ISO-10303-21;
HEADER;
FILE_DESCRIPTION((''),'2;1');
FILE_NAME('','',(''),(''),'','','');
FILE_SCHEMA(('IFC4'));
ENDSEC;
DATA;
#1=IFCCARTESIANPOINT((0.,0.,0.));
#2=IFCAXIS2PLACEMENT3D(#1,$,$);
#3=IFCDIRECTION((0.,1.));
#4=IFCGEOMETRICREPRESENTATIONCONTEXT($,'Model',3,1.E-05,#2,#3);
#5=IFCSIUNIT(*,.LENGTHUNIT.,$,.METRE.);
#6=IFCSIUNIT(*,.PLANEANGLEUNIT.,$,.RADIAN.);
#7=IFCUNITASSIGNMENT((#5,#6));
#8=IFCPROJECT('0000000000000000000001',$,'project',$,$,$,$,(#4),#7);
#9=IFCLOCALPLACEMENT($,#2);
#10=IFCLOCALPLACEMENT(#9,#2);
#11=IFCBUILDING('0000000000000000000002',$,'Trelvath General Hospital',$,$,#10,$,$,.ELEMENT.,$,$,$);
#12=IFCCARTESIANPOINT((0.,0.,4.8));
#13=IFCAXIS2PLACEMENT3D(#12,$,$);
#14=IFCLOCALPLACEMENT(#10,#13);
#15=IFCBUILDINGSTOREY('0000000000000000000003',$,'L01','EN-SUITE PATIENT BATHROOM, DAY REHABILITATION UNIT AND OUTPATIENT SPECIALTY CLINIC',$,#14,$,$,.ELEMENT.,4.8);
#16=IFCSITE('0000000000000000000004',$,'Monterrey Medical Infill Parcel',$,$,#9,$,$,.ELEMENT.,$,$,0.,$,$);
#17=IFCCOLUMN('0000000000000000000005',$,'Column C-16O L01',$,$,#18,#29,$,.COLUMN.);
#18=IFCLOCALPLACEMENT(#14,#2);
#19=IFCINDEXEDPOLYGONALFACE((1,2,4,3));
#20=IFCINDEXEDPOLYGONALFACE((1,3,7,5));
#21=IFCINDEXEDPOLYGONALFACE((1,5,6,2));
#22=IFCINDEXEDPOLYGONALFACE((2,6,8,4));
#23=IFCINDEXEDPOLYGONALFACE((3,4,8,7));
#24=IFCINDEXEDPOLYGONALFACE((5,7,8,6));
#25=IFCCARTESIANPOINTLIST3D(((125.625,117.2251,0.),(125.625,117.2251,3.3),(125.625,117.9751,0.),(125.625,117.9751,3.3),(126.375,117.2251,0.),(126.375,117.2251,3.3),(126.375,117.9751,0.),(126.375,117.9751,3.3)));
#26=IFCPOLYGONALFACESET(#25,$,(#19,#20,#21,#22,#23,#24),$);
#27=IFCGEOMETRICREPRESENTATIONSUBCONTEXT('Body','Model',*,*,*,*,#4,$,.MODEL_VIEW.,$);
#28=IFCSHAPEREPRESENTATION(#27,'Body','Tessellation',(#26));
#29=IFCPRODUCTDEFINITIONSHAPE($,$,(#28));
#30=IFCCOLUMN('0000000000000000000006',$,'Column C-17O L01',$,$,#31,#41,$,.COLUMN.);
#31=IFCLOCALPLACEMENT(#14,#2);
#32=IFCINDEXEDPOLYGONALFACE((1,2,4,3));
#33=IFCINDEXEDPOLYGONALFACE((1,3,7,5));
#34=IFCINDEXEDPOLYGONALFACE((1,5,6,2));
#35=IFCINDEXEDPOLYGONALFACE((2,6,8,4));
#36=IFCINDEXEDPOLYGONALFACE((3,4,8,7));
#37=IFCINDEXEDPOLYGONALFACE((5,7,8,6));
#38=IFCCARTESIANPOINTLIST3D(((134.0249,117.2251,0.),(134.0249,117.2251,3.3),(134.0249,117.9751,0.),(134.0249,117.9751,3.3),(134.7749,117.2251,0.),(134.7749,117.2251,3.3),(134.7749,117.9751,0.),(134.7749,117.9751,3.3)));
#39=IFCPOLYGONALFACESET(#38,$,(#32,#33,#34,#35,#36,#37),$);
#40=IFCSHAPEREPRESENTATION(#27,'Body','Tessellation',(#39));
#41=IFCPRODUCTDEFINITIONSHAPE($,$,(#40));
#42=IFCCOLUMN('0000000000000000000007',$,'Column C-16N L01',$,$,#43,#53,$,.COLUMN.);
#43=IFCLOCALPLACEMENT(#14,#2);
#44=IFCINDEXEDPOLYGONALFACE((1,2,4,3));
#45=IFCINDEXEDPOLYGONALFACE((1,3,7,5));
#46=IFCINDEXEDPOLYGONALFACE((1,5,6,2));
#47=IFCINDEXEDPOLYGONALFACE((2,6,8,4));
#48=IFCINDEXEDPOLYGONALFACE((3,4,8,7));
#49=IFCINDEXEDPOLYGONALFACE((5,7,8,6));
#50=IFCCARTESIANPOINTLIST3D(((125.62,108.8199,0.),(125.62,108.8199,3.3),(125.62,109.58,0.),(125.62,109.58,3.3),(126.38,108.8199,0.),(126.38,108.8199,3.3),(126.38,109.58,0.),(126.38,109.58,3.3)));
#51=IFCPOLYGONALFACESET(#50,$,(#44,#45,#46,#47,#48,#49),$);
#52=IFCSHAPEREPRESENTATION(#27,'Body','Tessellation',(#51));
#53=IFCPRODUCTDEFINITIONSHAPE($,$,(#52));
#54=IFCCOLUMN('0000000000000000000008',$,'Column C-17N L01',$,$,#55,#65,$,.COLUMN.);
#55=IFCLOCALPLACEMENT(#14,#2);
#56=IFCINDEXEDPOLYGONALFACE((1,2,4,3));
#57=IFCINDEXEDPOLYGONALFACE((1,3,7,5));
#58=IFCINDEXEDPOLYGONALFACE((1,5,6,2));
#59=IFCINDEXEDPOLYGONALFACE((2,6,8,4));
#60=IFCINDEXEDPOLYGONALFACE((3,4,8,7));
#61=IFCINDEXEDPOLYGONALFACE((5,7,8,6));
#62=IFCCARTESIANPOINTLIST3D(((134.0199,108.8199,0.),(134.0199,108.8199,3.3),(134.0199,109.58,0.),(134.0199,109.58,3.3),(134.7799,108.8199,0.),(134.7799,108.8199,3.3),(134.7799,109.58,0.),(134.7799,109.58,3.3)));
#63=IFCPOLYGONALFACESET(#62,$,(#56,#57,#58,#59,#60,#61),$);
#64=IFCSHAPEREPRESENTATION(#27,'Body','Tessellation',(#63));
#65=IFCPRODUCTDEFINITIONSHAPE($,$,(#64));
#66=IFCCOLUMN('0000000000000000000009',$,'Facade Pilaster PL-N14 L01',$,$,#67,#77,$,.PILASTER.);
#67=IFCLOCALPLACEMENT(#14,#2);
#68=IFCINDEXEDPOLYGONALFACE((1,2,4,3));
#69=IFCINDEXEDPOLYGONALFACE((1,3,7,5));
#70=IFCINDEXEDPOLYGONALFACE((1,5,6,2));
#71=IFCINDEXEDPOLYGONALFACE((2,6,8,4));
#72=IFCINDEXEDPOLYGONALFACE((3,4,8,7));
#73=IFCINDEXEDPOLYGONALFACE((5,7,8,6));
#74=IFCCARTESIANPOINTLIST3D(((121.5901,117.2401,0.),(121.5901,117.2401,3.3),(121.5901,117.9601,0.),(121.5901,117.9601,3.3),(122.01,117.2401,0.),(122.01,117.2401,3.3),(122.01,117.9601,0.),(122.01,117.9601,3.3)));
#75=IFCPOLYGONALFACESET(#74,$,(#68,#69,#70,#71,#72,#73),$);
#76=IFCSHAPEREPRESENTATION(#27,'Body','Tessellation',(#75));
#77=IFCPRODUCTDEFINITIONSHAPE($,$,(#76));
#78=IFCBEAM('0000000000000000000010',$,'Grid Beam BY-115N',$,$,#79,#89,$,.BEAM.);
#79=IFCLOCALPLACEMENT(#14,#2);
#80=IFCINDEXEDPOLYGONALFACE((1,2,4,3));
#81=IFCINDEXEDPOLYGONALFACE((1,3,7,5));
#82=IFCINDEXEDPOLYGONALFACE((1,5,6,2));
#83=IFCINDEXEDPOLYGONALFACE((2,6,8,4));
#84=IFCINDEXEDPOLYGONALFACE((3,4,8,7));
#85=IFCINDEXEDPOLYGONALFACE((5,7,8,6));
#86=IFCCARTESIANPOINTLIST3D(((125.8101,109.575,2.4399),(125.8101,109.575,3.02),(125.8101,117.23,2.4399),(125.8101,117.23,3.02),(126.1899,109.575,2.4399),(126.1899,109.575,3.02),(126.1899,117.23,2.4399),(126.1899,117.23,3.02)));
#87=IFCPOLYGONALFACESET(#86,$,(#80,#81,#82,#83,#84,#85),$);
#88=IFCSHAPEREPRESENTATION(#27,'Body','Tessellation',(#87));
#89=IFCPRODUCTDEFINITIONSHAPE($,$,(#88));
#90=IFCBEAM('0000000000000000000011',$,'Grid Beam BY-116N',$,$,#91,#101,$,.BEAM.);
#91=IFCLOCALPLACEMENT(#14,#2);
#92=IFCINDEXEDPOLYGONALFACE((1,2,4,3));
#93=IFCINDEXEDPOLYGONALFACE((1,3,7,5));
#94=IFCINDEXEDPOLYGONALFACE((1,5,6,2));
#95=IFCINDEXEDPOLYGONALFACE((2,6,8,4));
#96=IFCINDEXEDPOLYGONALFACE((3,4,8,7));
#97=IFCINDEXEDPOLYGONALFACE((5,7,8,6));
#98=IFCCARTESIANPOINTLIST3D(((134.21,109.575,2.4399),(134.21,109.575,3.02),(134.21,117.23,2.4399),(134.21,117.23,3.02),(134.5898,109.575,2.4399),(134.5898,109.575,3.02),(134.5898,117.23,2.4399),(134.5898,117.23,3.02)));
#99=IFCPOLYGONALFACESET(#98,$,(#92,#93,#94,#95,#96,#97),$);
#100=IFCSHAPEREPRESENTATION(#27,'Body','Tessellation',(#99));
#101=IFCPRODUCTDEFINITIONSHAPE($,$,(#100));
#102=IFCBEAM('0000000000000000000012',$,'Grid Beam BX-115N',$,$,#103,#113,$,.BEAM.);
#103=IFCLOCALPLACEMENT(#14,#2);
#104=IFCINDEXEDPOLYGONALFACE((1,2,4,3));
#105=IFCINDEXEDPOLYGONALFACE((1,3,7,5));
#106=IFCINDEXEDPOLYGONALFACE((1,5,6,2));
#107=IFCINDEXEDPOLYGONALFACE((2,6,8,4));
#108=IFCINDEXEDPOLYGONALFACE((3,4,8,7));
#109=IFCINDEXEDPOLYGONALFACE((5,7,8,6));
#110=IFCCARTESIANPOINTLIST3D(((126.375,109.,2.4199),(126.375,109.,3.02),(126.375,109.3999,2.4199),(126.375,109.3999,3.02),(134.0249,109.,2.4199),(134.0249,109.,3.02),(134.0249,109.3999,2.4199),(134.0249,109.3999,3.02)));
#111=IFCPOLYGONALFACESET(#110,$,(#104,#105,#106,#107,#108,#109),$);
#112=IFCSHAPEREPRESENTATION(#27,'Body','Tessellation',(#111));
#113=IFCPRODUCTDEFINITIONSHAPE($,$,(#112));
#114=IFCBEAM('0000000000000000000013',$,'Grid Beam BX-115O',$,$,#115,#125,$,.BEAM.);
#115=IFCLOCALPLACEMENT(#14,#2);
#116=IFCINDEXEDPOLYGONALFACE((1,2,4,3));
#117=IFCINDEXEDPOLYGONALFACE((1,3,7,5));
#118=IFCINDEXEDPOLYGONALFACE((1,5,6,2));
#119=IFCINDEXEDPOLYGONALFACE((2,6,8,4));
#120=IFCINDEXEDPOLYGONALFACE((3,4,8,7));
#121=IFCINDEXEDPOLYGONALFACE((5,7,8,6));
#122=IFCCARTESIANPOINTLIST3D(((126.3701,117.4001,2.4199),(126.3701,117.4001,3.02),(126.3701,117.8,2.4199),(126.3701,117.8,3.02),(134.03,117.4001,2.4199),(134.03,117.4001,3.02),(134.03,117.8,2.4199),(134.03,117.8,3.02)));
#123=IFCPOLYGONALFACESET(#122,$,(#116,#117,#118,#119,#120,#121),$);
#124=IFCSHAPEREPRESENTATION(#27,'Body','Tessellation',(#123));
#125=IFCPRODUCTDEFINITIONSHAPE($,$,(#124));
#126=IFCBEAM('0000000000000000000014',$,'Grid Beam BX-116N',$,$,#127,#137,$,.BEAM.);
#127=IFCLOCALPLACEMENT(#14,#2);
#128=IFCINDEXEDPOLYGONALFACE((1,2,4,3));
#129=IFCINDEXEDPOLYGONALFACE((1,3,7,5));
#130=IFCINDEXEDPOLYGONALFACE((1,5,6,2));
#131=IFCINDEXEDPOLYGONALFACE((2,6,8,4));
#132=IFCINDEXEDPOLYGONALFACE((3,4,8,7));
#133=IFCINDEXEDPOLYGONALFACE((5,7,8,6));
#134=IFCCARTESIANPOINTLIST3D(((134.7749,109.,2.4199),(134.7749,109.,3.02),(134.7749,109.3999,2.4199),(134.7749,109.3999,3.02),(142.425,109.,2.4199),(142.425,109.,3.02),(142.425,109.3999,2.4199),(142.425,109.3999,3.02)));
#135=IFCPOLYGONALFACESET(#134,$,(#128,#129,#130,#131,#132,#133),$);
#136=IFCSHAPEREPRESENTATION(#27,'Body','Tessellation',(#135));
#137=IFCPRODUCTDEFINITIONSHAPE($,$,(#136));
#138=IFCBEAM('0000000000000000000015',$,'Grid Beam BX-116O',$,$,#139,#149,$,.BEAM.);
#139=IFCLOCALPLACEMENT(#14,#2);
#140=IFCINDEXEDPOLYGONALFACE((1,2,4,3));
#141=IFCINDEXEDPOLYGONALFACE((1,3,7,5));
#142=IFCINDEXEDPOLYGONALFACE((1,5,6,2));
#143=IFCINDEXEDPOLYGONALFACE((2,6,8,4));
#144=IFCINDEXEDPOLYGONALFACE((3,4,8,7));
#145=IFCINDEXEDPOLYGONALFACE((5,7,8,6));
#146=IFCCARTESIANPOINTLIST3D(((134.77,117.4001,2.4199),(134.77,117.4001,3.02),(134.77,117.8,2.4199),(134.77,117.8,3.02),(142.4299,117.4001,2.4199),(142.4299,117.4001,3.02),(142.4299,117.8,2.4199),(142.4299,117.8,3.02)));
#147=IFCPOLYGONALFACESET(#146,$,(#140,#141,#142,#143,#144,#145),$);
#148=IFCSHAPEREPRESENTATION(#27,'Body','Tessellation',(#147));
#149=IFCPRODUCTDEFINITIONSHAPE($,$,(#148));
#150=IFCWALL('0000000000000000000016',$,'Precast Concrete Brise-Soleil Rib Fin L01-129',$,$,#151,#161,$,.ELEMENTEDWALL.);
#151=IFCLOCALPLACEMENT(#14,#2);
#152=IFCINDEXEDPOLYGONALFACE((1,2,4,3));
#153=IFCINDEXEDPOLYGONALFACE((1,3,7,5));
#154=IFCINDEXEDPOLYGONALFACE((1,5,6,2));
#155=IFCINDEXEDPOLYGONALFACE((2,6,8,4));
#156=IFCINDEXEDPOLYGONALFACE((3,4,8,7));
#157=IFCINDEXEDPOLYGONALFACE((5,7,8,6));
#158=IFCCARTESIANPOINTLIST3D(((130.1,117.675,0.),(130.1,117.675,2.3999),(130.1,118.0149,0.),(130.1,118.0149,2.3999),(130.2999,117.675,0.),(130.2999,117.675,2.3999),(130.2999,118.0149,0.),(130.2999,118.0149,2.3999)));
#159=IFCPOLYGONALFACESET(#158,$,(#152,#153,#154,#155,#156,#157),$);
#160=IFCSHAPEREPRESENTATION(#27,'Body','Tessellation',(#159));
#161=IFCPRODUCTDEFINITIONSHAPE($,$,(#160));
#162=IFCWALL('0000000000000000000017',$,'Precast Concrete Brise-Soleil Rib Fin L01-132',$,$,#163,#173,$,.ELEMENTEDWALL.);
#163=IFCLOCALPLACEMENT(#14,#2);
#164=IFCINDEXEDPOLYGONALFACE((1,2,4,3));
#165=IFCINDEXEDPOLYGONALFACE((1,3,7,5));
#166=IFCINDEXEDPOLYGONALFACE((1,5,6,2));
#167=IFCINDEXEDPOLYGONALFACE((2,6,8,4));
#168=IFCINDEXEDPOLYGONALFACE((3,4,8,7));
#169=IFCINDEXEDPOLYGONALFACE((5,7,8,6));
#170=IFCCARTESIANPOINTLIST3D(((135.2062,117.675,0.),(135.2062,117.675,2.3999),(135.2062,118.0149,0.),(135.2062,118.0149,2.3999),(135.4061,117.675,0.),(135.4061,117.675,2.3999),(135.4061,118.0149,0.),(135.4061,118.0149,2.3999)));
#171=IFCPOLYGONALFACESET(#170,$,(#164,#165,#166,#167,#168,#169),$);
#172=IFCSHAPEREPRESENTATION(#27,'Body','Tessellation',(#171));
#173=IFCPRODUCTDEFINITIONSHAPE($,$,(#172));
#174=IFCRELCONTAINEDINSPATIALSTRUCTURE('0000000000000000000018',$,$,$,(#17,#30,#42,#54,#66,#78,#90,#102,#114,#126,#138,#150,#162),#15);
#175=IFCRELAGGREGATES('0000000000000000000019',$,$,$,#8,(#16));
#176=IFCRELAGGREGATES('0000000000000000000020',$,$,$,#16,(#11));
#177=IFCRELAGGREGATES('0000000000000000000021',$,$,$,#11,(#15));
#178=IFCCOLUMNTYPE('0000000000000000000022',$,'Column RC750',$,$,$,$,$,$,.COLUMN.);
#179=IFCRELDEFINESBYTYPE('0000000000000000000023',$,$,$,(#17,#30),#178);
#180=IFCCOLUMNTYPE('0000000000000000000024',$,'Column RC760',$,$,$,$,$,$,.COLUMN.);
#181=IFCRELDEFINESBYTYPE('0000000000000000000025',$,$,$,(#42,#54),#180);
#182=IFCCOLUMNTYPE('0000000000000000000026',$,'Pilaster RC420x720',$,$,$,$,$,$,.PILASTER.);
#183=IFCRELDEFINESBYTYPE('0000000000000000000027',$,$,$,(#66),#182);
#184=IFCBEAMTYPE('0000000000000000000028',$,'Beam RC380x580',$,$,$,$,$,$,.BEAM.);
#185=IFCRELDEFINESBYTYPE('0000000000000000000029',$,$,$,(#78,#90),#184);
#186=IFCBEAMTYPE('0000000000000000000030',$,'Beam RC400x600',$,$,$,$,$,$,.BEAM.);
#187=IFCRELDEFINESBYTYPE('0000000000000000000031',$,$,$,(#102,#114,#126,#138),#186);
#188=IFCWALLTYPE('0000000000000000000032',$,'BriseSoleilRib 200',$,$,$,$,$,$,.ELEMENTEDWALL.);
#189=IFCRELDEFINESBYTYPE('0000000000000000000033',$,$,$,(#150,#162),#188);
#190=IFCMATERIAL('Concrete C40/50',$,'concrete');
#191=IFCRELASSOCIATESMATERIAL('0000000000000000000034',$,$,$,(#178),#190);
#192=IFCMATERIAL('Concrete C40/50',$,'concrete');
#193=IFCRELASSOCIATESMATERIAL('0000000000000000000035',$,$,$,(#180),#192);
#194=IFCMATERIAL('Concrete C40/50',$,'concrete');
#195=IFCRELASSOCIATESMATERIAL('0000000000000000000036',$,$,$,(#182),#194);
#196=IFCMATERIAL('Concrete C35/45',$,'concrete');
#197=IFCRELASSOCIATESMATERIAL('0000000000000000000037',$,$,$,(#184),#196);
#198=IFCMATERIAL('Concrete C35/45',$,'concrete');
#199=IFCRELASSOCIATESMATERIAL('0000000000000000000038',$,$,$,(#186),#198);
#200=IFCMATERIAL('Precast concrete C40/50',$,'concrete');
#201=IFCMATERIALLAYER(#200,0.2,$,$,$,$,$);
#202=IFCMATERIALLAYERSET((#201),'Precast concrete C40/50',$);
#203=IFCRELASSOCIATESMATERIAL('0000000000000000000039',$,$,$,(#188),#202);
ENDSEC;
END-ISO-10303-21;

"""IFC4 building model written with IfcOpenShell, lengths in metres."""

from ifc_helpers import new_model, si_unit, direction, frame, frame_2d, origin, origin_2d, place, context, subcontext, project, spatial, rectangle, extrude, material, layer, layer_set, material_profile, profile_set, type_object, element, save


model = new_model("IFC4")

# Units and contexts
model_context = context("Model", 3, precision=1e-05, world=origin(), true_north=direction((0.0, 1.0)))
body_context = subcontext(model_context, "Body", "Model", "MODEL_VIEW")
ifc_project = project(units=[si_unit("LENGTHUNIT", "METRE"), si_unit("PLANEANGLEUNIT", "RADIAN")], contexts=[model_context])

# Site, building, storey
site_placement = place(None, origin())
site = spatial("IfcSite", under=ifc_project, at=site_placement, Name="Monterrey Medical Infill Parcel", CompositionType="ELEMENT", RefElevation=0.0)
building_placement = place(site_placement, origin())
building = spatial("IfcBuilding", under=site, at=building_placement, Name="Trelvath General Hospital", CompositionType="ELEMENT")
storey_placement = place(building_placement, frame((0.0, 0.0, 4.8)))
storey = spatial("IfcBuildingStorey", under=building, at=storey_placement, Name="L01", Description="EN-SUITE PATIENT BATHROOM, DAY REHABILITATION UNIT AND OUTPATIENT SPECIALTY CLINIC", CompositionType="ELEMENT", Elevation=4.8)

# Columns
ifc_material_1 = material(Name="Concrete C40/50", Category="concrete")
ifc_material_profile_1 = material_profile(ifc_material_1, rectangle(XDim=0.75, YDim=0.75, at=origin_2d()), Name="RC750x750")
ifc_profile_set_1 = profile_set([ifc_material_profile_1], Name="Concrete C40/50")
column_type_1 = type_object("IfcColumnType", Name="Column RC750", PredefinedType="COLUMN", material=ifc_profile_set_1)
for number, where, z_axis, x_axis, name in (
    (1, (126.0, 117.6001, 0.0), (0.0, 0.0, 1.0), (1.0, 0.0, 0.0), "Column C-16O L01"),
    (2, (134.3999, 117.6001, 0.0), (0.0, 0.0, 1.0), (1.0, 0.0, 0.0), "Column C-17O L01"),
):
    element("IfcColumn", number, at=place(storey_placement, frame(where, z_axis=z_axis, x_axis=x_axis)), inside=storey, type_object=column_type_1, Name=name, PredefinedType="COLUMN", context=body_context, shape_type="SweptSolid", body=[
        extrude(rectangle(XDim=0.75, YDim=0.75, at=origin_2d()), origin(), (0.0, 0.0, 1.0), 3.3),
    ])
ifc_material_2 = material(Name="Concrete C40/50", Category="concrete")
ifc_material_profile_2 = material_profile(ifc_material_2, rectangle(XDim=0.76, YDim=0.76, at=origin_2d()), Name="RC760x760")
ifc_profile_set_2 = profile_set([ifc_material_profile_2], Name="Concrete C40/50")
column_type_2 = type_object("IfcColumnType", Name="Column RC760", PredefinedType="COLUMN", material=ifc_profile_set_2)
for number, where, z_axis, x_axis, name in (
    (3, (126.0, 109.2, 0.0), (0.0, 0.0, 1.0), (1.0, 0.0, 0.0), "Column C-16N L01"),
    (4, (134.3999, 109.2, 0.0), (0.0, 0.0, 1.0), (1.0, 0.0, 0.0), "Column C-17N L01"),
):
    element("IfcColumn", number, at=place(storey_placement, frame(where, z_axis=z_axis, x_axis=x_axis)), inside=storey, type_object=column_type_2, Name=name, PredefinedType="COLUMN", context=body_context, shape_type="SweptSolid", body=[
        extrude(rectangle(XDim=0.76, YDim=0.76, at=origin_2d()), origin(), (0.0, 0.0, 1.0), 3.3),
    ])
ifc_material_3 = material(Name="Concrete C40/50", Category="concrete")
ifc_material_profile_3 = material_profile(ifc_material_3, rectangle(XDim=0.4199, YDim=0.72, at=origin_2d()), Name="RC420x720")
ifc_profile_set_3 = profile_set([ifc_material_profile_3], Name="Concrete C40/50")
column_type_3 = type_object("IfcColumnType", Name="Pilaster RC420x720", PredefinedType="PILASTER", material=ifc_profile_set_3)
column_placement = place(storey_placement, frame((121.8, 117.6001, 0.0), z_axis=(0.0, 0.0, 1.0), x_axis=(1.0, 0.0, 0.0)))
element("IfcColumn", 5, at=column_placement, inside=storey, type_object=column_type_3, Name="Facade Pilaster PL-N14 L01", PredefinedType="PILASTER", context=body_context, shape_type="SweptSolid", body=[
    extrude(rectangle(XDim=0.4199, YDim=0.72, at=origin_2d()), origin(), (0.0, 0.0, 1.0), 3.3),
])

# Beams
ifc_material_4 = material(Name="Concrete C35/45", Category="concrete")
ifc_material_profile_4 = material_profile(ifc_material_4, rectangle(XDim=0.3799, YDim=0.5801, at=origin_2d()), Name="RCB380x580")
ifc_profile_set_4 = profile_set([ifc_material_profile_4], Name="Concrete C35/45")
beam_type_1 = type_object("IfcBeamType", Name="Beam RC380x580", PredefinedType="BEAM", material=ifc_profile_set_4)
for number, where, z_axis, x_axis, name in (
    (6, (126.0, 109.575, 2.73), (0.0, 1.0, 0.0), (-1.0, 0.0, 0.0), "Grid Beam BY-115N"),
    (7, (134.3999, 109.575, 2.73), (0.0, 1.0, 0.0), (-1.0, 0.0, 0.0), "Grid Beam BY-116N"),
):
    element("IfcBeam", number, at=place(storey_placement, frame(where, z_axis=z_axis, x_axis=x_axis)), inside=storey, type_object=beam_type_1, Name=name, PredefinedType="BEAM", context=body_context, shape_type="SweptSolid", body=[
        extrude(rectangle(XDim=0.3799, YDim=0.5801, at=origin_2d()), origin(), (0.0, 0.0, 1.0), 7.655),
    ])
ifc_material_5 = material(Name="Concrete C35/45", Category="concrete")
ifc_material_profile_5 = material_profile(ifc_material_5, rectangle(XDim=0.3999, YDim=0.6001, at=origin_2d()), Name="RCB400x600")
ifc_profile_set_5 = profile_set([ifc_material_profile_5], Name="Concrete C35/45")
beam_type_2 = type_object("IfcBeamType", Name="Beam RC400x600", PredefinedType="BEAM", material=ifc_profile_set_5)
beam_1_placement = place(storey_placement, frame((126.375, 109.2, 2.72), z_axis=(1.0, 0.0, 0.0), x_axis=(0.0, 1.0, 0.0)))
element("IfcBeam", 8, at=beam_1_placement, inside=storey, type_object=beam_type_2, Name="Grid Beam BX-115N", PredefinedType="BEAM", context=body_context, shape_type="SweptSolid", body=[
    extrude(rectangle(XDim=0.3999, YDim=0.6001, at=origin_2d()), origin(), (0.0, 0.0, 1.0), 7.6499),
])
beam_2_placement = place(storey_placement, frame((126.3701, 117.6001, 2.72), z_axis=(1.0, 0.0, 0.0), x_axis=(0.0, 1.0, 0.0)))
element("IfcBeam", 9, at=beam_2_placement, inside=storey, type_object=beam_type_2, Name="Grid Beam BX-115O", PredefinedType="BEAM", context=body_context, shape_type="SweptSolid", body=[
    extrude(rectangle(XDim=0.3999, YDim=0.6001, at=origin_2d()), origin(), (0.0, 0.0, 1.0), 7.6599),
])
beam_3_placement = place(storey_placement, frame((134.7749, 109.2, 2.72), z_axis=(1.0, 0.0, 0.0), x_axis=(0.0, 1.0, 0.0)))
element("IfcBeam", 10, at=beam_3_placement, inside=storey, type_object=beam_type_2, Name="Grid Beam BX-116N", PredefinedType="BEAM", context=body_context, shape_type="SweptSolid", body=[
    extrude(rectangle(XDim=0.3999, YDim=0.6001, at=origin_2d()), origin(), (0.0, 0.0, 1.0), 7.6501),
])
beam_4_placement = place(storey_placement, frame((134.77, 117.6001, 2.72), z_axis=(1.0, 0.0, 0.0), x_axis=(0.0, 1.0, 0.0)))
element("IfcBeam", 11, at=beam_4_placement, inside=storey, type_object=beam_type_2, Name="Grid Beam BX-116O", PredefinedType="BEAM", context=body_context, shape_type="SweptSolid", body=[
    extrude(rectangle(XDim=0.3999, YDim=0.6001, at=origin_2d()), origin(), (0.0, 0.0, 1.0), 7.6599),
])

# Walls
ifc_material_6 = material(Name="Precast concrete C40/50", Category="concrete")
ifc_layer_1 = layer(ifc_material_6, 0.2)
ifc_layer_set_1 = layer_set([ifc_layer_1], Name="Precast concrete C40/50")
wall_type_1 = type_object("IfcWallType", Name="BriseSoleilRib 200", PredefinedType="ELEMENTEDWALL", material=ifc_layer_set_1)
for number, where, z_axis, x_axis, name in (
    (12, (130.2, 117.675, 0.0), (0.0, 0.0, 1.0), (0.0, 1.0, 0.0), "Precast Concrete Brise-Soleil Rib Fin L01-129"),
    (13, (135.3062, 117.675, 0.0), (0.0, 0.0, 1.0), (0.0, 1.0, 0.0), "Precast Concrete Brise-Soleil Rib Fin L01-132"),
):
    element("IfcWall", number, at=place(storey_placement, frame(where, z_axis=z_axis, x_axis=x_axis)), inside=storey, type_object=wall_type_1, Name=name, PredefinedType="ELEMENTEDWALL", context=body_context, shape_type="SweptSolid", body=[
        extrude(rectangle(XDim=0.3398, YDim=0.2, at=frame_2d((0.1699, 0.0))), origin(), (0.0, 0.0, 1.0), 2.3999),
    ])

save(model, "model.ifc")
